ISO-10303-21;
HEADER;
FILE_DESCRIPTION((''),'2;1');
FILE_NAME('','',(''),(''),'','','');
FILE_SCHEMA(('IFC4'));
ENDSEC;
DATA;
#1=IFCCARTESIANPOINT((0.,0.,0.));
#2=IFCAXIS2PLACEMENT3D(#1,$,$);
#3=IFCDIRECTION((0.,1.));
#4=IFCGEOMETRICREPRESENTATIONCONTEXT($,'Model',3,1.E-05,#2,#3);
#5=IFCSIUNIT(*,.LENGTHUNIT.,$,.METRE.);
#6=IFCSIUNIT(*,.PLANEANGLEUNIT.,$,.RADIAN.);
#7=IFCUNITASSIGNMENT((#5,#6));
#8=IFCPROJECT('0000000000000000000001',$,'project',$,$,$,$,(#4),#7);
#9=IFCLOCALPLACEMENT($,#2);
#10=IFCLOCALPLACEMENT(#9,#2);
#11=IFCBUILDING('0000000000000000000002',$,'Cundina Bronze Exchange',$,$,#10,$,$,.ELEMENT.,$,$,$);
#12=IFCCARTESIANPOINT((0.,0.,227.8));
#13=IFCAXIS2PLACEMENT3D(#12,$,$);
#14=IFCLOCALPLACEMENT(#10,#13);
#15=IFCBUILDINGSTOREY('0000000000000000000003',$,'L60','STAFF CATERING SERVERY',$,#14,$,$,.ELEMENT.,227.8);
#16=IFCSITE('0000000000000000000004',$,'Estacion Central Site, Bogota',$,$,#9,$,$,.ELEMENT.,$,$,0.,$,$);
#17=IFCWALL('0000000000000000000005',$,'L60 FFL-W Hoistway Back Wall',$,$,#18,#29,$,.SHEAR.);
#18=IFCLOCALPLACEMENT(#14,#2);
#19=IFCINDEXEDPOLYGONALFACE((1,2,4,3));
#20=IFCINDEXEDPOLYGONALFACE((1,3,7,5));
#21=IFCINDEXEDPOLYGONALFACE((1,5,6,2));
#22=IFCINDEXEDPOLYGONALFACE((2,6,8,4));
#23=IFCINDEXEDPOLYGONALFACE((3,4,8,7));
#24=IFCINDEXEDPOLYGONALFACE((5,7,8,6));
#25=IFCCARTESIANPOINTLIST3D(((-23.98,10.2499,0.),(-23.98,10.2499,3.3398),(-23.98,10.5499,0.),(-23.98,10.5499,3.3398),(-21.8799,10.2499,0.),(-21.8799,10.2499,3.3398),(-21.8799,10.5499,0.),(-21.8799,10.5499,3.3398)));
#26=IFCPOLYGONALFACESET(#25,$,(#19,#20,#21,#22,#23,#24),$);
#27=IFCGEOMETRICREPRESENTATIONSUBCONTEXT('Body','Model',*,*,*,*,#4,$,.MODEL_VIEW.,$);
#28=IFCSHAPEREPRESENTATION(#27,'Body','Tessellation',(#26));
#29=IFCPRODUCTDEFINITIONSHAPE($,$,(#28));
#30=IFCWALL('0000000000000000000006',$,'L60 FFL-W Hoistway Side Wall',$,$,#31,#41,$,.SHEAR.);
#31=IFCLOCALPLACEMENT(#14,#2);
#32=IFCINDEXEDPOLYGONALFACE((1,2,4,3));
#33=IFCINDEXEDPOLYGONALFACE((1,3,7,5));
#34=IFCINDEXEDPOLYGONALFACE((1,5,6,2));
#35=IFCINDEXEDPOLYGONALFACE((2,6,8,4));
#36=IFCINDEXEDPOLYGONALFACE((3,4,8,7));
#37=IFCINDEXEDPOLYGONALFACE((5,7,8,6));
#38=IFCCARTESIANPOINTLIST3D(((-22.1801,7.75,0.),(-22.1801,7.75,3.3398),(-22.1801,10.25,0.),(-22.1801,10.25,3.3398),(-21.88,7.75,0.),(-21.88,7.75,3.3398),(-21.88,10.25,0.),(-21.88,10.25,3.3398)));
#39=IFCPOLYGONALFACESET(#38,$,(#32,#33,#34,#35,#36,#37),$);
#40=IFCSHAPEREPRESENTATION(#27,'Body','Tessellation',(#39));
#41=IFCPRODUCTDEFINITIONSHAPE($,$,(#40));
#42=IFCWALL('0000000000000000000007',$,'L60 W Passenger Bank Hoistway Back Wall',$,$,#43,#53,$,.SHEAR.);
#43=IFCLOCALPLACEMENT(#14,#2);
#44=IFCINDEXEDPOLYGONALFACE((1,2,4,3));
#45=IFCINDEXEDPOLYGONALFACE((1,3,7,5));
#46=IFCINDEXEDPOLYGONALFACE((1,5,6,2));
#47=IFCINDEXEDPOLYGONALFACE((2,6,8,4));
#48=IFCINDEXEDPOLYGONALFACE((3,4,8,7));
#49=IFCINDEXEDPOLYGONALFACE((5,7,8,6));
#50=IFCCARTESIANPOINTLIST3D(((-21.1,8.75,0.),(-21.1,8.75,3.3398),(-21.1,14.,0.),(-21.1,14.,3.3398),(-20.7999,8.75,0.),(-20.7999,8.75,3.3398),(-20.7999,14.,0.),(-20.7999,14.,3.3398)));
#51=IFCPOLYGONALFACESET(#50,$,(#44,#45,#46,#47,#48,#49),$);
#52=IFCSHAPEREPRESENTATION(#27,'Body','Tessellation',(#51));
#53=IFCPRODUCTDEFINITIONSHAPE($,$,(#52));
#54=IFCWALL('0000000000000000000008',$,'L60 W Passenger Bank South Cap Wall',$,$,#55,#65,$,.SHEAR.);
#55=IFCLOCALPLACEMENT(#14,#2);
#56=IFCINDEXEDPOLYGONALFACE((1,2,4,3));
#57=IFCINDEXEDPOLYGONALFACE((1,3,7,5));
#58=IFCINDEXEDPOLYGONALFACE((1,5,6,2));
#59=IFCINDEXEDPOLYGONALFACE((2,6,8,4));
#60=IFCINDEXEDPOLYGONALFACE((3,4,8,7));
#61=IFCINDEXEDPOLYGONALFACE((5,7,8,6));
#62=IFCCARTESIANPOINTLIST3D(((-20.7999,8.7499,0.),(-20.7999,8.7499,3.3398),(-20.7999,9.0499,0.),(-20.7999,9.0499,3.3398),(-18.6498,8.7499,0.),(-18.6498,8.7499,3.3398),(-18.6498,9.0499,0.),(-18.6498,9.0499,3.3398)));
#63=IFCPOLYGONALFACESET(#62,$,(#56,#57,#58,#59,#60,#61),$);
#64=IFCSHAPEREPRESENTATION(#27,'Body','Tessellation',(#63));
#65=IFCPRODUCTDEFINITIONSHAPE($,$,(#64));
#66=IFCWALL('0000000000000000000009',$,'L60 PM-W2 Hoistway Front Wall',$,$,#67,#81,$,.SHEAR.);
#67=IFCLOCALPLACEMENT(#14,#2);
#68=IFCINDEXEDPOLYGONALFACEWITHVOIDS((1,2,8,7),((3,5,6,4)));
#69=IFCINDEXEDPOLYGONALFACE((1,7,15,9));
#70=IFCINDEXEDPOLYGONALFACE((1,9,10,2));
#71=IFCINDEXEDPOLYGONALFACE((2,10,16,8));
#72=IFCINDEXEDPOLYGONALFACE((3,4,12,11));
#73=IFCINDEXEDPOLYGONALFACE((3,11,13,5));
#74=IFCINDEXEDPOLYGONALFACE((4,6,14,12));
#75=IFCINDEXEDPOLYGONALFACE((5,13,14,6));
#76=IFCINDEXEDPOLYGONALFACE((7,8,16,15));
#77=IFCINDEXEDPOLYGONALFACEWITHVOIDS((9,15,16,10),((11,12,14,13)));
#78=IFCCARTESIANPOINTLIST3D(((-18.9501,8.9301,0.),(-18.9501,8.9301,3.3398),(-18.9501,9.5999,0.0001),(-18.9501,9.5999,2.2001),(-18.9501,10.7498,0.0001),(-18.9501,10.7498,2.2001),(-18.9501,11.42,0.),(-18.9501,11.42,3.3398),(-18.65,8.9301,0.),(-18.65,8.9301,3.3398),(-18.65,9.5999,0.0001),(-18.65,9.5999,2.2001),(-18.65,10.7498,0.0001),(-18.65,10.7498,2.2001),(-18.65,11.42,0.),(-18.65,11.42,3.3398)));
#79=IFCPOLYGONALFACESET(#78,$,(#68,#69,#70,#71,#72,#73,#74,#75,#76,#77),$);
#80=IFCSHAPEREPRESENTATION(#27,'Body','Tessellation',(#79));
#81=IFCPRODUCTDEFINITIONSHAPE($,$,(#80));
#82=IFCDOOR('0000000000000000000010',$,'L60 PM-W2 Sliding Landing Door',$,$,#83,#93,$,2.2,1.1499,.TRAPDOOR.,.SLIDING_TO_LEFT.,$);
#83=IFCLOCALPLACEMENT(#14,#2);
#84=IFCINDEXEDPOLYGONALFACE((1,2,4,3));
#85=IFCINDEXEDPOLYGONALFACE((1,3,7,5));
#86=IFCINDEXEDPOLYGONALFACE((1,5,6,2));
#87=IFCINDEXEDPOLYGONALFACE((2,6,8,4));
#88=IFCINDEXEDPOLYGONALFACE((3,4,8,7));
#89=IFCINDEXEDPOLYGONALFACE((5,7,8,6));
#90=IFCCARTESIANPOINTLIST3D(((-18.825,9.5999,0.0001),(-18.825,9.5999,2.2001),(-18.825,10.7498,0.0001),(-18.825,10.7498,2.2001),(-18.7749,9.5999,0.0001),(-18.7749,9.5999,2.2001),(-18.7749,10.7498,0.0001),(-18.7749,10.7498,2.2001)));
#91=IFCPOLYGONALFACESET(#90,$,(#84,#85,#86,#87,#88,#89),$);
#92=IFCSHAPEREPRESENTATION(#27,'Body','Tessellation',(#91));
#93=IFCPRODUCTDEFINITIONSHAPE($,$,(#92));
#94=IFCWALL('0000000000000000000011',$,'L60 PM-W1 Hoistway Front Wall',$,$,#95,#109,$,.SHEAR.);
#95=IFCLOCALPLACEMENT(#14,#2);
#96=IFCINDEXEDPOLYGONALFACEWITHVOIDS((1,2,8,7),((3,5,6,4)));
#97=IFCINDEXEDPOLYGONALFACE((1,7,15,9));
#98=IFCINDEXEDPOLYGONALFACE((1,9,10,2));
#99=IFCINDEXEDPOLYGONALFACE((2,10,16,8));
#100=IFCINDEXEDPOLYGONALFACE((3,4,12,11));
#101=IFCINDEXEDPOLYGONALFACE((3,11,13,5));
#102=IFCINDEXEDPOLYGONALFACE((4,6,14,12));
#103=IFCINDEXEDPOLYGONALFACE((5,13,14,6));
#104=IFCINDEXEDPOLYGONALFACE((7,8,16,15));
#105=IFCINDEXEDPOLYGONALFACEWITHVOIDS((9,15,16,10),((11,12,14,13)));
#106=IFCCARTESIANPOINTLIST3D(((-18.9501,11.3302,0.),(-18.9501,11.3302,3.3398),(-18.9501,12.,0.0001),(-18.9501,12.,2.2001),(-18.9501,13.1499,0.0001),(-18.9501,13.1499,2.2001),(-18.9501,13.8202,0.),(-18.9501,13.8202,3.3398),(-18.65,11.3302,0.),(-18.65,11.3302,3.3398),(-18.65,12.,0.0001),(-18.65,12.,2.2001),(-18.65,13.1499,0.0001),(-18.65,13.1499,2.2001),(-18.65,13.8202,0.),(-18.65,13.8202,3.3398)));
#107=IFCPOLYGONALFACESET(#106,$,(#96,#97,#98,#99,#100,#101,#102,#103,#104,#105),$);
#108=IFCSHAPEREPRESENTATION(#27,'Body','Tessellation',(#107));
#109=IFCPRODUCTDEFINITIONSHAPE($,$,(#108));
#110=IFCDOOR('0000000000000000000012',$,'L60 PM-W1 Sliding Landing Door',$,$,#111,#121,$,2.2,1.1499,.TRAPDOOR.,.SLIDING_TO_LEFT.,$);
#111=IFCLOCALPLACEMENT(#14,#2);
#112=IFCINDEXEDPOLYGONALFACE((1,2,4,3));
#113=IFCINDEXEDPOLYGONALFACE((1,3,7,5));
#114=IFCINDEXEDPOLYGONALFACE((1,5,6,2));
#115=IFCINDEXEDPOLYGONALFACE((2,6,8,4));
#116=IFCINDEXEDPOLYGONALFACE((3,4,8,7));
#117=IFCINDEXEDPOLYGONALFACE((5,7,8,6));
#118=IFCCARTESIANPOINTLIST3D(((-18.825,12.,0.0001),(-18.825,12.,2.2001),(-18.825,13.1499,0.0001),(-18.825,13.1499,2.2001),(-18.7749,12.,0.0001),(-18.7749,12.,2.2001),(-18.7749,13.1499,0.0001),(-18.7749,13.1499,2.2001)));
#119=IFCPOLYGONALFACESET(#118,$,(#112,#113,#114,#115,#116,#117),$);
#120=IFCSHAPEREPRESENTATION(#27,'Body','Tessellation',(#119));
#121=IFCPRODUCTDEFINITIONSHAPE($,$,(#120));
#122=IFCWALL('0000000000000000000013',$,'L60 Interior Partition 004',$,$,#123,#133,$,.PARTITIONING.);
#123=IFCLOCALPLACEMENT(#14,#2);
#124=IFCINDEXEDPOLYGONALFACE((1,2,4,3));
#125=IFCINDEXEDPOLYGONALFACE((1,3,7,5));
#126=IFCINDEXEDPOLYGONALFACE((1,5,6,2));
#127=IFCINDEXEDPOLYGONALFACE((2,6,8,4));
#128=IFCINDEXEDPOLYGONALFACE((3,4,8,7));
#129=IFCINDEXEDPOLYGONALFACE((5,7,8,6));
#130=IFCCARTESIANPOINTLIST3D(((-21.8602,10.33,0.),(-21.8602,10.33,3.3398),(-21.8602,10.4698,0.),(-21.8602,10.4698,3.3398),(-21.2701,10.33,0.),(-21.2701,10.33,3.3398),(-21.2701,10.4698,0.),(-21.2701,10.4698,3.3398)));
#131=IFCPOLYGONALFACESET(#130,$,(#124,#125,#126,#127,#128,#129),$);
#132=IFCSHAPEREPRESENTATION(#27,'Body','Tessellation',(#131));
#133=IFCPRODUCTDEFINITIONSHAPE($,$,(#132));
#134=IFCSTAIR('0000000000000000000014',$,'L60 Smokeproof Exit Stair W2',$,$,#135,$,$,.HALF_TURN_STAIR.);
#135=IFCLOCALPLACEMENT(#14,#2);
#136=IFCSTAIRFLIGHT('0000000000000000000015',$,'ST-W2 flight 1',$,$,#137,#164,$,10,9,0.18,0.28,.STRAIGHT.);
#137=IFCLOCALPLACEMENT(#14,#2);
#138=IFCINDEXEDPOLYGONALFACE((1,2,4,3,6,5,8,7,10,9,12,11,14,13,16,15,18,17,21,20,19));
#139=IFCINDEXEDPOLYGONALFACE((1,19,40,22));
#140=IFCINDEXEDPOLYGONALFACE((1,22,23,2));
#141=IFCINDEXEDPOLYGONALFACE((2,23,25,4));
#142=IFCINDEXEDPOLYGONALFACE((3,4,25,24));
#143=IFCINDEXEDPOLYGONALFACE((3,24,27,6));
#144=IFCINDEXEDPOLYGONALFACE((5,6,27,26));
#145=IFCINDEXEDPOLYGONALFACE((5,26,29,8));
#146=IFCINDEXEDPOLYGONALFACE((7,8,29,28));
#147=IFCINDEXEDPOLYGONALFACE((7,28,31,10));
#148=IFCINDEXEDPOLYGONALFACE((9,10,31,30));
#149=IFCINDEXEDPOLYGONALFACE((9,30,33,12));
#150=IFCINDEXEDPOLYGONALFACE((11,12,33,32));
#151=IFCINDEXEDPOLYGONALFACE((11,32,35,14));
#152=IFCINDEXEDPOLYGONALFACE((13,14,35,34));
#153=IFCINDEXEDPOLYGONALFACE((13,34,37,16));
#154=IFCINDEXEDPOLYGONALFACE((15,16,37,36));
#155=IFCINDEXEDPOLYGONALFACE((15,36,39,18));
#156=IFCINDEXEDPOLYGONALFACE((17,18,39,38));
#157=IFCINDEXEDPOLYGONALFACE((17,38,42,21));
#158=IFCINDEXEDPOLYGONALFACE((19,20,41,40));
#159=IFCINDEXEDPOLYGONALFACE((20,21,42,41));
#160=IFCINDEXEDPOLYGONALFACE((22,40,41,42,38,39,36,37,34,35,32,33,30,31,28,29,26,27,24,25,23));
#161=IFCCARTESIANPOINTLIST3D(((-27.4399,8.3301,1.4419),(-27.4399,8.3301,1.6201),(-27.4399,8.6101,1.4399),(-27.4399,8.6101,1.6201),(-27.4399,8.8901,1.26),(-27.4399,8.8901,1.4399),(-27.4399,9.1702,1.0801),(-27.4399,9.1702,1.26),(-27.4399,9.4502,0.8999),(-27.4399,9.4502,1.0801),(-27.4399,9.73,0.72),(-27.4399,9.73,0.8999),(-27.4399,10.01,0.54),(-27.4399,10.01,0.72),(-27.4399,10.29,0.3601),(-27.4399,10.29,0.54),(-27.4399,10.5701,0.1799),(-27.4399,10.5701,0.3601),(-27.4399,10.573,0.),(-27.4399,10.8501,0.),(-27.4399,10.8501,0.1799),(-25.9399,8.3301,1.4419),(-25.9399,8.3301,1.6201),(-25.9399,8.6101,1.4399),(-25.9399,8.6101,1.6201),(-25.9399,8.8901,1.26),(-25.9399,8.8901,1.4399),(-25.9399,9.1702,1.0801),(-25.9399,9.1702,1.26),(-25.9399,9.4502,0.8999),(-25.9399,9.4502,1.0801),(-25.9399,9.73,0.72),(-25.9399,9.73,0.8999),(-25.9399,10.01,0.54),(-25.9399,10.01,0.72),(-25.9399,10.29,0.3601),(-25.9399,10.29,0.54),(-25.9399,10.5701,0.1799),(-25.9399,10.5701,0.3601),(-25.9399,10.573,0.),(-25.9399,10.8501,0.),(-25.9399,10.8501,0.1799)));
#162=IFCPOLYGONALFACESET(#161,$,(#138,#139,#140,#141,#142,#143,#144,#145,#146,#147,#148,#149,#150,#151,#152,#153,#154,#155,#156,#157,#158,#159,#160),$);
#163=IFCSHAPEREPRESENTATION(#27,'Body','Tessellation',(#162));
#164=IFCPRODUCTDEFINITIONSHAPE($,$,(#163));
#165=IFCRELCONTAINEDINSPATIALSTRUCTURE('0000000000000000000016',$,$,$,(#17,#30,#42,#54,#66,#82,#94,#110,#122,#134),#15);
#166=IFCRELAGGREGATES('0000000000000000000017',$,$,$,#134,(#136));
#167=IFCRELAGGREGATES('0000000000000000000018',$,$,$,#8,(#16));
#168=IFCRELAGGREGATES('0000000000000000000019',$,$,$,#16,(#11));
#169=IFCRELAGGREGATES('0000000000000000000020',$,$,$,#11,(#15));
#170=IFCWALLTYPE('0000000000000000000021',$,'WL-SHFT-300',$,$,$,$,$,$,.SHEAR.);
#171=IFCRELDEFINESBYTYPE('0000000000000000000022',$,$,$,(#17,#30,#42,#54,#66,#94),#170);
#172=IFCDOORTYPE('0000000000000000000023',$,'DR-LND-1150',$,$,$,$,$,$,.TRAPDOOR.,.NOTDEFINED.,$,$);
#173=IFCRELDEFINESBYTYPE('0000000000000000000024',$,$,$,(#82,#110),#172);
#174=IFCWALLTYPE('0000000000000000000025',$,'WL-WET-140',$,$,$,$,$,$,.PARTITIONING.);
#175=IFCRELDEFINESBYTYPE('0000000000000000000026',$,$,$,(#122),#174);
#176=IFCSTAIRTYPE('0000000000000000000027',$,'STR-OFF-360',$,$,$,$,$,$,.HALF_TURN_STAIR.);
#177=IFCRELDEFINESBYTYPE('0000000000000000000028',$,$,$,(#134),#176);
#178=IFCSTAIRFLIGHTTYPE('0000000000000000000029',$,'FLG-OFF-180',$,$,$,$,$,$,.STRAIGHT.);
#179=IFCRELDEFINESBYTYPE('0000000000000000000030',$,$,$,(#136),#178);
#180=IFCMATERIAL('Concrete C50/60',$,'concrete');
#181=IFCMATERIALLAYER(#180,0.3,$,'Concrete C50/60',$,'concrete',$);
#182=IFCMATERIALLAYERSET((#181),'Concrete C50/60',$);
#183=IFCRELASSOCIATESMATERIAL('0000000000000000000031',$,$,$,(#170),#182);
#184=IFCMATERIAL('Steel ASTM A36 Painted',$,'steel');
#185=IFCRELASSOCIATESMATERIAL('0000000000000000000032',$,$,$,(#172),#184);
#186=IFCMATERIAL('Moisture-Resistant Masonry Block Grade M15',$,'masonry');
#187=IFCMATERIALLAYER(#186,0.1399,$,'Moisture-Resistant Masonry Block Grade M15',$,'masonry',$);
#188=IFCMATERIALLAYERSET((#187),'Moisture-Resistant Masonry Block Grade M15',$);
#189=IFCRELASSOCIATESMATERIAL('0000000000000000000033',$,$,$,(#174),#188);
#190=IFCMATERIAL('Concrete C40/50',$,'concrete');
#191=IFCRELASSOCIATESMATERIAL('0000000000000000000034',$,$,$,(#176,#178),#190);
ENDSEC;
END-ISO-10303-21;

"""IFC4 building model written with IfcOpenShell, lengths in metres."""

from ifc_helpers import new_model, si_unit, direction, frame, frame_2d, origin, place, context, subcontext, project, spatial, polyline, rectangle, outline, extrude, material, layer, layer_set, type_object, element, fill, aggregate, save


model = new_model("IFC4")

# Units and contexts
model_context = context("Model", 3, precision=1e-05, world=origin(), true_north=direction((0.0, 1.0)))
body_context = subcontext(model_context, "Body", "Model", "MODEL_VIEW")
ifc_project = project(units=[si_unit("LENGTHUNIT", "METRE"), si_unit("PLANEANGLEUNIT", "RADIAN")], contexts=[model_context])

# Site, building, storey
site_placement = place(None, origin())
site = spatial("IfcSite", under=ifc_project, at=site_placement, Name="Estacion Central Site, Bogota", CompositionType="ELEMENT", RefElevation=0.0)
building_placement = place(site_placement, origin())
building = spatial("IfcBuilding", under=site, at=building_placement, Name="Cundina Bronze Exchange", CompositionType="ELEMENT")
storey_placement = place(building_placement, frame((0.0, 0.0, 227.8)))
storey = spatial("IfcBuildingStorey", under=building, at=storey_placement, Name="L60", Description="STAFF CATERING SERVERY", CompositionType="ELEMENT", Elevation=227.8)

# Shared definitions
ifc_material_1 = material(Name="Concrete C50/60", Category="concrete")

# Shared definitions
ifc_layer_1 = layer(ifc_material_1, 0.3, Name="Concrete C50/60", Category="concrete")
ifc_layer_set_1 = layer_set([ifc_layer_1], Name="Concrete C50/60")
wall_type_1 = type_object("IfcWallType", Name="WL-SHFT-300", PredefinedType="SHEAR", material=ifc_layer_set_1)
ifc_material_2 = material(Name="Steel ASTM A36 Painted", Category="steel")
door_type = type_object("IfcDoorType", Name="DR-LND-1150", OperationType="NOTDEFINED", PredefinedType="TRAPDOOR", material=ifc_material_2)

# Walls
wall_1_placement = place(storey_placement, frame((-23.98, 10.3999, 0.0), z_axis=(0.0, 0.0, 1.0), x_axis=(1.0, 0.0, 0.0)))
element("IfcWall", 1, at=wall_1_placement, inside=storey, type_object=wall_type_1, Name="L60 FFL-W Hoistway Back Wall", PredefinedType="SHEAR", context=body_context, shape_type="SweptSolid", body=[
    extrude(rectangle(XDim=2.1001, YDim=0.3, at=frame_2d((1.05, 0.0))), origin(), (0.0, 0.0, 1.0), 3.3398),
])
wall_2_placement = place(storey_placement, frame((-22.03, 7.75, 0.0), z_axis=(0.0, 0.0, 1.0), x_axis=(0.0, 1.0, 0.0)))
element("IfcWall", 2, at=wall_2_placement, inside=storey, type_object=wall_type_1, Name="L60 FFL-W Hoistway Side Wall", PredefinedType="SHEAR", context=body_context, shape_type="SweptSolid", body=[
    extrude(rectangle(XDim=2.5, YDim=0.3, at=frame_2d((1.25, 0.0))), origin(), (0.0, 0.0, 1.0), 3.3398),
])
wall_3_placement = place(storey_placement, frame((-20.95, 8.75, 0.0), z_axis=(0.0, 0.0, 1.0), x_axis=(0.0, 1.0, 0.0)))
element("IfcWall", 3, at=wall_3_placement, inside=storey, type_object=wall_type_1, Name="L60 W Passenger Bank Hoistway Back Wall", PredefinedType="SHEAR", context=body_context, shape_type="SweptSolid", body=[
    extrude(rectangle(XDim=5.25, YDim=0.3, at=frame_2d((2.625, 0.0))), origin(), (0.0, 0.0, 1.0), 3.3398),
])
wall_4_placement = place(storey_placement, frame((-20.8, 8.8999, 0.0), z_axis=(0.0, 0.0, 1.0), x_axis=(1.0, 0.0, 0.0)))
element("IfcWall", 4, at=wall_4_placement, inside=storey, type_object=wall_type_1, Name="L60 W Passenger Bank South Cap Wall", PredefinedType="SHEAR", context=body_context, shape_type="SweptSolid", body=[
    extrude(rectangle(XDim=2.1501, YDim=0.3, at=frame_2d((1.0752, 0.0))), origin(), (0.0, 0.0, 1.0), 3.3398),
])

# Walls, openings, doors
wall_5_placement = place(storey_placement, frame((-18.8, 8.9299, 0.0), z_axis=(0.0, 0.0, 1.0), x_axis=(0.0, 1.0, 0.0)))
wall_5 = element("IfcWall", 5, at=wall_5_placement, inside=storey, type_object=wall_type_1, Name="L60 PM-W2 Hoistway Front Wall", PredefinedType="SHEAR", context=body_context, shape_type="SweptSolid", body=[
    extrude(rectangle(XDim=2.49, YDim=0.3, at=frame_2d((1.2451, 0.0))), origin(), (0.0, 0.0, 1.0), 3.3398),
])
opening_1_placement = place(wall_5_placement, frame((0.6699, 0.0, 0.0)))
opening_1 = element("IfcOpeningElement", 6, at=opening_1_placement, cuts=wall_5, PredefinedType="OPENING", context=body_context, shape_type="SweptSolid", body=[
    extrude(rectangle(XDim=1.1499, YDim=2.2, at=frame_2d((0.575, 1.1001))), frame((0.0, 0.1599, 0.0), z_axis=(0.0, -1.0, 0.0), x_axis=(1.0, 0.0, 0.0)), (0.0, 0.0, 1.0), 0.3201),
])
door_1_placement = place(opening_1_placement, origin())
door_1 = element("IfcDoor", 7, at=door_1_placement, inside=storey, type_object=door_type, Name="L60 PM-W2 Sliding Landing Door", OperationType="SLIDING_TO_LEFT", OverallHeight=2.2, OverallWidth=1.1499, PredefinedType="TRAPDOOR", context=body_context, shape_type="SweptSolid", body=[
    extrude(rectangle(XDim=1.1499, YDim=2.2, at=frame_2d((0.575, 1.1001))), frame((0.0, 0.0249, 0.0), z_axis=(0.0, -1.0, 0.0), x_axis=(1.0, 0.0, 0.0)), (0.0, 0.0, 1.0), 0.05),
])
fill(opening_1, door_1)
wall_6_placement = place(storey_placement, frame((-18.8, 11.3301, 0.0), z_axis=(0.0, 0.0, 1.0), x_axis=(0.0, 1.0, 0.0)))
wall_6 = element("IfcWall", 8, at=wall_6_placement, inside=storey, type_object=wall_type_1, Name="L60 PM-W1 Hoistway Front Wall", PredefinedType="SHEAR", context=body_context, shape_type="SweptSolid", body=[
    extrude(rectangle(XDim=2.49, YDim=0.3, at=frame_2d((1.2451, 0.0))), origin(), (0.0, 0.0, 1.0), 3.3398),
])
opening_2_placement = place(wall_6_placement, frame((0.6699, 0.0, 0.0)))
opening_2 = element("IfcOpeningElement", 9, at=opening_2_placement, cuts=wall_6, PredefinedType="OPENING", context=body_context, shape_type="SweptSolid", body=[
    extrude(rectangle(XDim=1.1499, YDim=2.2, at=frame_2d((0.575, 1.1001))), frame((0.0, 0.1599, 0.0), z_axis=(0.0, -1.0, 0.0), x_axis=(1.0, 0.0, 0.0)), (0.0, 0.0, 1.0), 0.3201),
])
door_2_placement = place(opening_2_placement, origin())
door_2 = element("IfcDoor", 10, at=door_2_placement, inside=storey, type_object=door_type, Name="L60 PM-W1 Sliding Landing Door", OperationType="SLIDING_TO_LEFT", OverallHeight=2.2, OverallWidth=1.1499, PredefinedType="TRAPDOOR", context=body_context, shape_type="SweptSolid", body=[
    extrude(rectangle(XDim=1.1499, YDim=2.2, at=frame_2d((0.575, 1.1001))), frame((0.0, 0.0249, 0.0), z_axis=(0.0, -1.0, 0.0), x_axis=(1.0, 0.0, 0.0)), (0.0, 0.0, 1.0), 0.05),
])
fill(opening_2, door_2)

# Wall
ifc_material_3 = material(Name="Moisture-Resistant Masonry Block Grade M15", Category="masonry")
ifc_layer_2 = layer(ifc_material_3, 0.1399, Name="Moisture-Resistant Masonry Block Grade M15", Category="masonry")
ifc_layer_set_2 = layer_set([ifc_layer_2], Name="Moisture-Resistant Masonry Block Grade M15")
wall_type_2 = type_object("IfcWallType", Name="WL-WET-140", PredefinedType="PARTITIONING", material=ifc_layer_set_2)
wall_7_placement = place(storey_placement, frame((-21.8601, 10.3999, 0.0), z_axis=(0.0, 0.0, 1.0), x_axis=(1.0, 0.0, 0.0)))
element("IfcWall", 11, at=wall_7_placement, inside=storey, type_object=wall_type_2, Name="L60 Interior Partition 004", PredefinedType="PARTITIONING", context=body_context, shape_type="SweptSolid", body=[
    extrude(rectangle(XDim=0.5901, YDim=0.1399, at=frame_2d((0.2949, 0.0))), origin(), (0.0, 0.0, 1.0), 3.3398),
])

# Stair, stair flight
ifc_material_4 = material(Name="Concrete C40/50", Category="concrete")
stair_type = type_object("IfcStairType", Name="STR-OFF-360", PredefinedType="HALF_TURN_STAIR", material=ifc_material_4)
stair_placement = place(storey_placement, origin())
stair = element("IfcStair", 12, at=stair_placement, inside=storey, type_object=stair_type, Name="L60 Smokeproof Exit Stair W2", PredefinedType="HALF_TURN_STAIR")
stair_flight_type = type_object("IfcStairFlightType", Name="FLG-OFF-180", PredefinedType="STRAIGHT", material=ifc_material_4)
stair_flight_1_placement = place(storey_placement, frame((-26.6899, 10.8501, 0.0), z_axis=(0.0, 0.0, 1.0), x_axis=(0.0, -1.0, 0.0)))
stair_flight_1 = element("IfcStairFlight", 13, at=stair_flight_1_placement, type_object=stair_flight_type, Name="ST-W2 flight 1", NumberOfRisers=10, NumberOfTreads=9, PredefinedType="STRAIGHT", RiserHeight=0.18, TreadLength=0.28, context=body_context, shape_type="SweptSolid", body=[
    extrude(outline(polyline([(0.0, 0.0), (0.0, 0.1799), (0.28, 0.1799), (0.28, 0.3601), (0.5601, 0.3601), (0.5601, 0.54), (0.8401, 0.54), (0.8401, 0.72), (1.1201, 0.72), (1.1201, 0.8999), (1.3999, 0.8999), (1.3999, 1.0801), (1.6799, 1.0801), (1.6799, 1.26), (1.96, 1.26), (1.96, 1.4399), (2.24, 1.4399), (2.24, 1.6201), (2.52, 1.6201), (2.52, 1.8), (2.52, 1.4419), (0.2771, 0.0), (0.0, 0.0)])), frame((0.0, 0.75, 0.0), z_axis=(0.0, -1.0, 0.0), x_axis=(1.0, 0.0, 0.0)), (0.0, 0.0, 1.0), 1.5),
])
aggregate(stair, [stair_flight_1])

save(model, "model.ifc")
